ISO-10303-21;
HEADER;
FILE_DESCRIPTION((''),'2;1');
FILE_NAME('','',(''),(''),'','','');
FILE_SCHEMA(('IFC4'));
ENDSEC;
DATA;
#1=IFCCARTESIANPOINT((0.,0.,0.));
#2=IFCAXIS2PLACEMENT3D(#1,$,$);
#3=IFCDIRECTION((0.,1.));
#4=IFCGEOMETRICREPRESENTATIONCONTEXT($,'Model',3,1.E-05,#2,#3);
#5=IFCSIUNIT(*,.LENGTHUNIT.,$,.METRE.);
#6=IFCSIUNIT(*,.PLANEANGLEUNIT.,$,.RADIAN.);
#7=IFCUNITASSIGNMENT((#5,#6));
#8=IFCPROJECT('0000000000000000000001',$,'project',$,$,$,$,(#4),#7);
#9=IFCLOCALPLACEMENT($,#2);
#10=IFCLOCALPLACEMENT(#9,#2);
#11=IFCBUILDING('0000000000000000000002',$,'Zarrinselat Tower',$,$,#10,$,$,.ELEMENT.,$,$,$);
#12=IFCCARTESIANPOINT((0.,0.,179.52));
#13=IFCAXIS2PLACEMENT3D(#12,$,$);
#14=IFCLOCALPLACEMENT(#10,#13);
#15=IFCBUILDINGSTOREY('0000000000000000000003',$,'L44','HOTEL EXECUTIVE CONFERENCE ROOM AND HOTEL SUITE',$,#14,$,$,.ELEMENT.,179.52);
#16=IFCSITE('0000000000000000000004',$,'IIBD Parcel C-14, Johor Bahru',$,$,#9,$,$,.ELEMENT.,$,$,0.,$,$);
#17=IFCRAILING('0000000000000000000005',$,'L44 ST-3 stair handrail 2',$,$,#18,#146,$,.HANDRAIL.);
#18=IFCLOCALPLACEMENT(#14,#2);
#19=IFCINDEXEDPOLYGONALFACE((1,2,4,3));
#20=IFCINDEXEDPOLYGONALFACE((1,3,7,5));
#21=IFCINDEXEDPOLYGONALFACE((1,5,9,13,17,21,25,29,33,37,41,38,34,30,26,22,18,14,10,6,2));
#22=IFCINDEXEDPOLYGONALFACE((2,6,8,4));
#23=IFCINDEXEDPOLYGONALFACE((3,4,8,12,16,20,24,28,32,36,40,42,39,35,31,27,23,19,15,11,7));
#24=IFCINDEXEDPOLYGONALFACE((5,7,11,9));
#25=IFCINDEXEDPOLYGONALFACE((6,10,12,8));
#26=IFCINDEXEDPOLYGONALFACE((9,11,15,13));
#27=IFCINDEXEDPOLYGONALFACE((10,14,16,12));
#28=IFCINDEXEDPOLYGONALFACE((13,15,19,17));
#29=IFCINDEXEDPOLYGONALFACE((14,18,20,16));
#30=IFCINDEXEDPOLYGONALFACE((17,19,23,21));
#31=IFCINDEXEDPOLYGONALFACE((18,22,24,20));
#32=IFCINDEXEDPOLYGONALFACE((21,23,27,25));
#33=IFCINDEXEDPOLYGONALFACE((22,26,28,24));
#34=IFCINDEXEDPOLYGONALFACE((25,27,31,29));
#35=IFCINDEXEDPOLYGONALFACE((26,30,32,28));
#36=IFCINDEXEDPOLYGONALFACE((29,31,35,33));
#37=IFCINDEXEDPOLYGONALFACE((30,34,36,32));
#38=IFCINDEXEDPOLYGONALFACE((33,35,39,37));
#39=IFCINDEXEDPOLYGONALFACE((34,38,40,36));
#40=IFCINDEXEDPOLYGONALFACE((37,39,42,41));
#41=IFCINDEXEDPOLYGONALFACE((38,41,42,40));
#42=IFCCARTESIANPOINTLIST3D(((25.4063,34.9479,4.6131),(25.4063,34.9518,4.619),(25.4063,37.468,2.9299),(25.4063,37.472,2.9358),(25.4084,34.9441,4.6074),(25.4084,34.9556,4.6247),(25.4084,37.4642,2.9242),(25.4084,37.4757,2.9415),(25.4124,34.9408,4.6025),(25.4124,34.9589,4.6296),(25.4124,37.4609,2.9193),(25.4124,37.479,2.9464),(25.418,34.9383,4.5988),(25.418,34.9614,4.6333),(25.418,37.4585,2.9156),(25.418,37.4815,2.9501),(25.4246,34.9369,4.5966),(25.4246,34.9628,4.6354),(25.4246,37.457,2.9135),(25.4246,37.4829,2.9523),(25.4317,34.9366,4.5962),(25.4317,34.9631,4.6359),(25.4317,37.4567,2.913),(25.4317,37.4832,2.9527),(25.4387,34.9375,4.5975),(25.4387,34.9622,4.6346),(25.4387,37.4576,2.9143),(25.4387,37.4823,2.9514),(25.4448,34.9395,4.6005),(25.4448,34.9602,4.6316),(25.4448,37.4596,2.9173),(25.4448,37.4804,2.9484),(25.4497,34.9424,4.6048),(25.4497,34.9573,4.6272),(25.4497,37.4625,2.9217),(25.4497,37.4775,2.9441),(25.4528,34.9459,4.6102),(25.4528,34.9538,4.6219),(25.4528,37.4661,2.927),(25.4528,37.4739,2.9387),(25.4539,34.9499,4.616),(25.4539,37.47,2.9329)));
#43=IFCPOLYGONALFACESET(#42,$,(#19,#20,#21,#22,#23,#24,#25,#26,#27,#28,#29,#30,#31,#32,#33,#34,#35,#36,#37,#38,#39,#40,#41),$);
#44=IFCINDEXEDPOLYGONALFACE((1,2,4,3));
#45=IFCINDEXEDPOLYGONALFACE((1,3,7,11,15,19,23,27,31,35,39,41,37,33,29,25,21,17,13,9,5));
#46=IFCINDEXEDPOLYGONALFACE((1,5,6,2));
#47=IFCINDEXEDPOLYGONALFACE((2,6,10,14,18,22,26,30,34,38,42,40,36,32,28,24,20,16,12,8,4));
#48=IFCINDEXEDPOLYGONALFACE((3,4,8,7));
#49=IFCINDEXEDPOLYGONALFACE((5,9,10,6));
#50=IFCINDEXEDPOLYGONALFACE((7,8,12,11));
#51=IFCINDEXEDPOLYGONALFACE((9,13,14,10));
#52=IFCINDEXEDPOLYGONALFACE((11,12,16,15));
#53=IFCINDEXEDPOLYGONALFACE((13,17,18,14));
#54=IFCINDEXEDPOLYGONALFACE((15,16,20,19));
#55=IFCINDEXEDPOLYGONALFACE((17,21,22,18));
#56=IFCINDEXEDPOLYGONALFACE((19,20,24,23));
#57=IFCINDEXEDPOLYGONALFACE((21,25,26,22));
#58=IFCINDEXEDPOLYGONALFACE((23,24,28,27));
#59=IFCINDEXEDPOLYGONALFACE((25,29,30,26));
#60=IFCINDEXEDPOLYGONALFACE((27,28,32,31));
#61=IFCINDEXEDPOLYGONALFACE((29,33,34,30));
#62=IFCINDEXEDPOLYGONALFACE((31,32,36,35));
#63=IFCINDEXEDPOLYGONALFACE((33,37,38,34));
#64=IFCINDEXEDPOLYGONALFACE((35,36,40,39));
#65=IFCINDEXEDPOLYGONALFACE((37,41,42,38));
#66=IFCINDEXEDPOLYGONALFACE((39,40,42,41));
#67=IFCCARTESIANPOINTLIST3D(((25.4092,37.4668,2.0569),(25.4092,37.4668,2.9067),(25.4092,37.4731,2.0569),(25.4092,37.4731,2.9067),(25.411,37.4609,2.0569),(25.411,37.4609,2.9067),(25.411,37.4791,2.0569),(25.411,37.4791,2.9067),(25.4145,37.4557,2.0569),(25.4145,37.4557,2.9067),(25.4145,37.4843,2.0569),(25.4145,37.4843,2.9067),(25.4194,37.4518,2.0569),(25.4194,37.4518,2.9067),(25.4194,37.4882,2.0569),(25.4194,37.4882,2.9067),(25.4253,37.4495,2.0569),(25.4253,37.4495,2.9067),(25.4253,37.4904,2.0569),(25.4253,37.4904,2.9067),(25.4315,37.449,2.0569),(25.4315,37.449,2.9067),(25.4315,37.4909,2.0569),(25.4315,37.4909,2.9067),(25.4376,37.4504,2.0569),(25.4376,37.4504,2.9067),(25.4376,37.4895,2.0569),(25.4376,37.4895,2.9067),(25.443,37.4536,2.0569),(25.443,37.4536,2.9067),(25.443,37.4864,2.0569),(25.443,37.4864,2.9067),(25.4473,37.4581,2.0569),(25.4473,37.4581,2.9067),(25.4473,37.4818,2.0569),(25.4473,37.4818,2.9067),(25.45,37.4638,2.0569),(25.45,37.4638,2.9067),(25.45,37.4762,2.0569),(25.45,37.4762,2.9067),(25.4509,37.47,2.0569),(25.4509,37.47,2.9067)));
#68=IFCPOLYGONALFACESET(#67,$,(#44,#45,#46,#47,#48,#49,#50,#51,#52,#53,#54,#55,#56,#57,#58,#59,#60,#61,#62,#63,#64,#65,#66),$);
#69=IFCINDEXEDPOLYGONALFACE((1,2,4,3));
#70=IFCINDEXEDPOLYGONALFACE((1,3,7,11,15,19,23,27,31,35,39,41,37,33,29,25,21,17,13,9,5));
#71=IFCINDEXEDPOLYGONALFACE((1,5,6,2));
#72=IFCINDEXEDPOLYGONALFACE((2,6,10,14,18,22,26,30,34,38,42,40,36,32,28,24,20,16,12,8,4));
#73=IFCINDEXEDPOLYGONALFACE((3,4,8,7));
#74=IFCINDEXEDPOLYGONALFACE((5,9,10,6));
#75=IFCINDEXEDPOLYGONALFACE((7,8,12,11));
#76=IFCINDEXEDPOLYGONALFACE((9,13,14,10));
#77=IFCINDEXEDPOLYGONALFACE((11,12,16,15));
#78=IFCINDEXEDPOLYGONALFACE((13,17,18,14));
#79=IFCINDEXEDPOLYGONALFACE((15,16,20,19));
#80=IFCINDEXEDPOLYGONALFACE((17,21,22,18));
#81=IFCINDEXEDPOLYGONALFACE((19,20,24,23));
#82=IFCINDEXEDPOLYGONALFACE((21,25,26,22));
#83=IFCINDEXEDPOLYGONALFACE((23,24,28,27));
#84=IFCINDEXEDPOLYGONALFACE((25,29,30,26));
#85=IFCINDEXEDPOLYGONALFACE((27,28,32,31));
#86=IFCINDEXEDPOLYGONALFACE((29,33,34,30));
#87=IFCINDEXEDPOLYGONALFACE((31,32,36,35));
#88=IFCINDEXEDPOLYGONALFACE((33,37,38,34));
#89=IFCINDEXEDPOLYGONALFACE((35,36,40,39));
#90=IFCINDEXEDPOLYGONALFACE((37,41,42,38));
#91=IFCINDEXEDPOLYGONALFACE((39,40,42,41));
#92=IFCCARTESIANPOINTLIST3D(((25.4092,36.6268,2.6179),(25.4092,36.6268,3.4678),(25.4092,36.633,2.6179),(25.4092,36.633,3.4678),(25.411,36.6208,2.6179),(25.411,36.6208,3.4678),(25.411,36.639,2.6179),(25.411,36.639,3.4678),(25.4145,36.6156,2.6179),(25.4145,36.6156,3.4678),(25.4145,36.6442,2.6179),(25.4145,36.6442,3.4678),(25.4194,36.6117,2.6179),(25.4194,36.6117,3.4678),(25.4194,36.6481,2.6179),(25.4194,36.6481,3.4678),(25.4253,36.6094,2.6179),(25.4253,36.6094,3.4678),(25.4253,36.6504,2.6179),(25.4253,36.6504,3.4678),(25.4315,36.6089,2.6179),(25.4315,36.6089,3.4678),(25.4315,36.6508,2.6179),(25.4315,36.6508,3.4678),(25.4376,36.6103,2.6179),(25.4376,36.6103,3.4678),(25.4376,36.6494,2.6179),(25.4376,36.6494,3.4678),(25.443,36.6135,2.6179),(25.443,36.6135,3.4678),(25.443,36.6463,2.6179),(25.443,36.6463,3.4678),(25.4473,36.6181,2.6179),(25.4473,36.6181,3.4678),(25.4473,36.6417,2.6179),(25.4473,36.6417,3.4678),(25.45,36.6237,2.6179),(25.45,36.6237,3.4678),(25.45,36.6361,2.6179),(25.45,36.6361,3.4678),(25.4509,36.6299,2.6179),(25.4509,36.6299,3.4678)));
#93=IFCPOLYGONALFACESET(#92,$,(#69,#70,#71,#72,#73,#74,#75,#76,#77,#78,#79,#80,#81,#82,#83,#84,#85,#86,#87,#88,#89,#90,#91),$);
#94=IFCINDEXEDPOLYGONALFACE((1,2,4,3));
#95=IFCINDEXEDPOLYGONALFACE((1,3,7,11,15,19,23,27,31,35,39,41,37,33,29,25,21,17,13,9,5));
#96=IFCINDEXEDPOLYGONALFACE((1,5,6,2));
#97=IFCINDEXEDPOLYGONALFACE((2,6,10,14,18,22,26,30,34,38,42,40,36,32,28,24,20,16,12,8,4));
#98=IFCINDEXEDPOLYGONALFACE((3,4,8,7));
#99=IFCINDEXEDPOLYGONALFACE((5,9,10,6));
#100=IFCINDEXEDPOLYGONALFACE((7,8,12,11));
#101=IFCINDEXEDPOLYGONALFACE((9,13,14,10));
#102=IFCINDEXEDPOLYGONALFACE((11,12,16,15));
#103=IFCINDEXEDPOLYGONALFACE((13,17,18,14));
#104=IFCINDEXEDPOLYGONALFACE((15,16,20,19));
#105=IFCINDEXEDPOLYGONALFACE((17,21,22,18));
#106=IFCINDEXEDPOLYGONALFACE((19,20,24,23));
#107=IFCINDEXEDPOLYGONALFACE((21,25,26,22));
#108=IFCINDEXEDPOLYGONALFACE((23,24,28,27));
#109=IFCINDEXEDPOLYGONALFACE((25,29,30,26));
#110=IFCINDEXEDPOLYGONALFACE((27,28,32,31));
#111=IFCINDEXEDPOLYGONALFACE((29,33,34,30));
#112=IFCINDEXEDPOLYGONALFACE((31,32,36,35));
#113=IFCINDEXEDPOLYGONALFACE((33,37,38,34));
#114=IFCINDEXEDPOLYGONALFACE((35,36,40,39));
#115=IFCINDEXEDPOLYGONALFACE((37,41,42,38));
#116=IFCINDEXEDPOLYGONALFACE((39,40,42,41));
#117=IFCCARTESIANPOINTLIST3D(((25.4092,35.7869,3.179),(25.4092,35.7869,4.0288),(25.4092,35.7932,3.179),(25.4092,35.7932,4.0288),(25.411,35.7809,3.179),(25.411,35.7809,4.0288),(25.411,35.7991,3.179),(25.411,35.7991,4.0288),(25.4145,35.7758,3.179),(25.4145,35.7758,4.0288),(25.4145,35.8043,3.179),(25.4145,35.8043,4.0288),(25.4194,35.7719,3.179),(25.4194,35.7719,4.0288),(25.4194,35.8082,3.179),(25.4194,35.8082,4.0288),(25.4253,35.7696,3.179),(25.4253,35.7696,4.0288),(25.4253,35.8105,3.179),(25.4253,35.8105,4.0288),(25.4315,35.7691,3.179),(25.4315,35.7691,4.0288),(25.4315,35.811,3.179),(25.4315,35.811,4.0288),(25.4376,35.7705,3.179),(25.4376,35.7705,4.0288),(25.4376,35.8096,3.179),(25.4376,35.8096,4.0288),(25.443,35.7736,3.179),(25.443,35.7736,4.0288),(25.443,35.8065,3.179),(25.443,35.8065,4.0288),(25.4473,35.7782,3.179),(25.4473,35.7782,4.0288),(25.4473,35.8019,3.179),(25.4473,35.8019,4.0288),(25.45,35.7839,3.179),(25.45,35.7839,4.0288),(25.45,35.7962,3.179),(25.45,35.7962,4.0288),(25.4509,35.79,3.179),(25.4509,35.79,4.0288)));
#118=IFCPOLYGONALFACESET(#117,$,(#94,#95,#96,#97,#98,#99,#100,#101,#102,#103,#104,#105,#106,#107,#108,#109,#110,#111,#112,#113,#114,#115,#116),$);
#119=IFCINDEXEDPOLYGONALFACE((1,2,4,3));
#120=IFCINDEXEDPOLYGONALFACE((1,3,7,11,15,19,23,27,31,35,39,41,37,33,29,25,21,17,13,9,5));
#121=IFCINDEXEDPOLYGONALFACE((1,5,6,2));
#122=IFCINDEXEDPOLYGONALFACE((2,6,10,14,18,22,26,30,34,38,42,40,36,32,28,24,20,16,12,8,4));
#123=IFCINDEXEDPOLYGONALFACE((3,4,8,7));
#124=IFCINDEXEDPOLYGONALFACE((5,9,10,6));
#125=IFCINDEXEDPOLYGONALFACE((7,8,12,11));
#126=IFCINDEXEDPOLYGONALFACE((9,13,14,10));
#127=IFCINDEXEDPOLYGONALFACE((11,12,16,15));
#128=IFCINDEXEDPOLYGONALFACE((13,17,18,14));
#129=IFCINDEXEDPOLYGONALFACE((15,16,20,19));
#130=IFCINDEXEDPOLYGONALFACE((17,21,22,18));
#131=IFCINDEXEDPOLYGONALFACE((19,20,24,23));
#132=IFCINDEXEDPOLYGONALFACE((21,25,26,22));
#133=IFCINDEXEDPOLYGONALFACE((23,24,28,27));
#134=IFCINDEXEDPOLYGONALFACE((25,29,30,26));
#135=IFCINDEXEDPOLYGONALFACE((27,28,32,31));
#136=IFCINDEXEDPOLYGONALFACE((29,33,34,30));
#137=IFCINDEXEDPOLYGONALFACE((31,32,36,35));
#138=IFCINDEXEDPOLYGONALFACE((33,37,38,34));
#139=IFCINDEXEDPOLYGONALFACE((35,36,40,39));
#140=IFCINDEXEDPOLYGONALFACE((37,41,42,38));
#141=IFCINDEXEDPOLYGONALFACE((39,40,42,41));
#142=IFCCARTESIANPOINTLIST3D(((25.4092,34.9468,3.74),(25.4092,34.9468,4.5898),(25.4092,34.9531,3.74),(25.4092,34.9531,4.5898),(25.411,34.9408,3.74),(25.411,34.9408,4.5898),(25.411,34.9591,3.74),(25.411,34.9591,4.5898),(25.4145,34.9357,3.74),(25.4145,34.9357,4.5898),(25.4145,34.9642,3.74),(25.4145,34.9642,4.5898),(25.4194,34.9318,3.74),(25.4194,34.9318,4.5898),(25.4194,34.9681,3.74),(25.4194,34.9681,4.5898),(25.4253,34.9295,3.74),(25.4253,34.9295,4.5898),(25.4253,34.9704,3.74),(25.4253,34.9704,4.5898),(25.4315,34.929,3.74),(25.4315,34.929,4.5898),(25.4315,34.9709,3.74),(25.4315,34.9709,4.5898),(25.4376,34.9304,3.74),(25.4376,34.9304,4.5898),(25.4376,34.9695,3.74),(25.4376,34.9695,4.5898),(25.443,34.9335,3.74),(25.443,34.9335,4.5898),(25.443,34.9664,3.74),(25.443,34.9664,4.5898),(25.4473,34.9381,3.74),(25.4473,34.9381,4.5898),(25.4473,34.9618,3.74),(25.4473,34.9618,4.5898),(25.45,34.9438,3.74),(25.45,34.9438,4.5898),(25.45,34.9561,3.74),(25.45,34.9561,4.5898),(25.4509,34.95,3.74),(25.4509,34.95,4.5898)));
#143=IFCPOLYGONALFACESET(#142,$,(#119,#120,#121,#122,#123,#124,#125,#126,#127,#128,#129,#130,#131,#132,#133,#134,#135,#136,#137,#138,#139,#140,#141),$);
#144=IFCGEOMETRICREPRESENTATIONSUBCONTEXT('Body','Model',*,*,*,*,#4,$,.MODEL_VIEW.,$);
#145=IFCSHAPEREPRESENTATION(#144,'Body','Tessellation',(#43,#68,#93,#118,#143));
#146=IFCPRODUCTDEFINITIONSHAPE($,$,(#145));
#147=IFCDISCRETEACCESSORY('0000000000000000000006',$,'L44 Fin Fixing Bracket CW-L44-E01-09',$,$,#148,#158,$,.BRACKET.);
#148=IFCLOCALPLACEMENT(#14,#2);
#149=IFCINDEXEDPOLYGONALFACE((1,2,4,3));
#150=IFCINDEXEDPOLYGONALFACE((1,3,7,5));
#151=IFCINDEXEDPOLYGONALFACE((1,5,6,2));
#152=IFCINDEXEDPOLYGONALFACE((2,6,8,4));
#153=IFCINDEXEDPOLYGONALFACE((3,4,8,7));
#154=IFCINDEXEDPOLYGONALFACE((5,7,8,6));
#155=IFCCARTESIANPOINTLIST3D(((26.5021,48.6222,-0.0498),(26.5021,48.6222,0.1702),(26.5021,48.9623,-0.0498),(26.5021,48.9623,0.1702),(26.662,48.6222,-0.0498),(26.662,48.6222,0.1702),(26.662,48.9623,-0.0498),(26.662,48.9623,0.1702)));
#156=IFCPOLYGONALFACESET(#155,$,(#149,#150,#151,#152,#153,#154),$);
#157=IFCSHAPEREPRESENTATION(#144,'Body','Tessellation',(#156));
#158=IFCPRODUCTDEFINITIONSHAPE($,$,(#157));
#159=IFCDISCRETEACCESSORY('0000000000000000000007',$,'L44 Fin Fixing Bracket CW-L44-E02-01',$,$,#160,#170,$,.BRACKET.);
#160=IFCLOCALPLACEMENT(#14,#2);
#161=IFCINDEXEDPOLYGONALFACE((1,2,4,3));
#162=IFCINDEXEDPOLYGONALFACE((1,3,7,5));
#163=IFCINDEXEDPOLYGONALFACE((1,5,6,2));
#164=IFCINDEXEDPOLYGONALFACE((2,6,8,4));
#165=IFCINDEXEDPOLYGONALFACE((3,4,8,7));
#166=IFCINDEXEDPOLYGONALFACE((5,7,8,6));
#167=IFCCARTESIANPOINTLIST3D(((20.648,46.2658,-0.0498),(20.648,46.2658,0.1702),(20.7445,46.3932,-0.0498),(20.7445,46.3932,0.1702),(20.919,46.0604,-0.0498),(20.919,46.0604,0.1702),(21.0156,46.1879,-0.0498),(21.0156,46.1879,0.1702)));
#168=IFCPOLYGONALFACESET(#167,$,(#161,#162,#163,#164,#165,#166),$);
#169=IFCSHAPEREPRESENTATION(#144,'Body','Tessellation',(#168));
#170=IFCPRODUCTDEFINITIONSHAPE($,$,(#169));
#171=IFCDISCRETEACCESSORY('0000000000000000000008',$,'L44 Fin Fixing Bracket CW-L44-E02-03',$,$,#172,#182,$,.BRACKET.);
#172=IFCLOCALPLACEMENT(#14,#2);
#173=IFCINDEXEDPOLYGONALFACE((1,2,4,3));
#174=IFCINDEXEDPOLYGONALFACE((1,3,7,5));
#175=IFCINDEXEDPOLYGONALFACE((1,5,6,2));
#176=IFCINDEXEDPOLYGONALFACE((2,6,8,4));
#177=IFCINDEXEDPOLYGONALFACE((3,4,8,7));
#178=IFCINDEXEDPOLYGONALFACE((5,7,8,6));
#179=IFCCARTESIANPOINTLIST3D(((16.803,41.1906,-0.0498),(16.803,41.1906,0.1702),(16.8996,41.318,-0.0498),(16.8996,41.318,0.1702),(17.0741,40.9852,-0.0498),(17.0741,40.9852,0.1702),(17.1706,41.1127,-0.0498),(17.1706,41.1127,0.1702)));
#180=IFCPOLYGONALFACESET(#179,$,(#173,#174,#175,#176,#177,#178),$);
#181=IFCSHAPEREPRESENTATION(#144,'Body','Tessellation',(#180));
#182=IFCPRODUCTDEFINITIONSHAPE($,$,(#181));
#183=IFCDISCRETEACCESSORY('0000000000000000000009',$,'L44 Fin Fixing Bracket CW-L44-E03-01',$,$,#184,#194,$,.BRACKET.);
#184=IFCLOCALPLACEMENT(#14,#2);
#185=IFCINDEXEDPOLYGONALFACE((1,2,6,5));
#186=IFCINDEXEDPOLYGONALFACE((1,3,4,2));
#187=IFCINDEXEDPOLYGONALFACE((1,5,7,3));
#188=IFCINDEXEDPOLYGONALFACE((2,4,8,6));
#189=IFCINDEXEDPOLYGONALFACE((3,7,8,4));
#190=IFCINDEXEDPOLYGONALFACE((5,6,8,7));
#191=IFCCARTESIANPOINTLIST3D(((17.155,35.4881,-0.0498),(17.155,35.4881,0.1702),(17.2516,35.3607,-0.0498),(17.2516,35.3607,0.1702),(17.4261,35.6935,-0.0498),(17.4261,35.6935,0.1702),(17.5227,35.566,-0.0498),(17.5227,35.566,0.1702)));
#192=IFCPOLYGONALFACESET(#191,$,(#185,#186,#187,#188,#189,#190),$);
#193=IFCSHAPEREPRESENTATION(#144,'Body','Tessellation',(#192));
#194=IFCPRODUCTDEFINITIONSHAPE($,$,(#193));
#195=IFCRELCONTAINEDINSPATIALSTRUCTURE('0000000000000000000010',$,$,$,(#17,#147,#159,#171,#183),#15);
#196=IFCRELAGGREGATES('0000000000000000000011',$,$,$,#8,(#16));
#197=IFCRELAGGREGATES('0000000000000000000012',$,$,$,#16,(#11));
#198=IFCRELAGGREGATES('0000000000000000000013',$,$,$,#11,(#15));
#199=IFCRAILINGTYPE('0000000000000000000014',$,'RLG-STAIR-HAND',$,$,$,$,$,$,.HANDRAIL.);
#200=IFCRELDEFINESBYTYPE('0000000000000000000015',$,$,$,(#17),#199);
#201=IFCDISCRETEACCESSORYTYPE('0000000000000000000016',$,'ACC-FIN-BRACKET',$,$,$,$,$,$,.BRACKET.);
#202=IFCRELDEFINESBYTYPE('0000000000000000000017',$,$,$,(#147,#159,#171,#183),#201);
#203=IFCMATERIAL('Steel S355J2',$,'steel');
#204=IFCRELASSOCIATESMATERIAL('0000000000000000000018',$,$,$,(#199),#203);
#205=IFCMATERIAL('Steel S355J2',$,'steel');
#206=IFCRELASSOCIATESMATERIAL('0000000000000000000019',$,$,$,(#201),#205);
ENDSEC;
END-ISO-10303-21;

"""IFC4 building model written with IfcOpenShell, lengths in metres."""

from ifc_helpers import new_model, si_unit, direction, frame, origin, origin_2d, place, context, subcontext, project, spatial, rectangle, circle, extrude, material, type_object, element, save


model = new_model("IFC4")

# Units and contexts
model_context = context("Model", 3, precision=1e-05, world=origin(), true_north=direction((0.0, 1.0)))
body_context = subcontext(model_context, "Body", "Model", "MODEL_VIEW")
ifc_project = project(units=[si_unit("LENGTHUNIT", "METRE"), si_unit("PLANEANGLEUNIT", "RADIAN")], contexts=[model_context])

# Site, building, storey
site_placement = place(None, origin())
site = spatial("IfcSite", under=ifc_project, at=site_placement, Name="IIBD Parcel C-14, Johor Bahru", CompositionType="ELEMENT", RefElevation=0.0)
building_placement = place(site_placement, origin())
building = spatial("IfcBuilding", under=site, at=building_placement, Name="Zarrinselat Tower", CompositionType="ELEMENT")
storey_placement = place(building_placement, frame((0.0, 0.0, 179.52)))
storey = spatial("IfcBuildingStorey", under=building, at=storey_placement, Name="L44", Description="HOTEL EXECUTIVE CONFERENCE ROOM AND HOTEL SUITE", CompositionType="ELEMENT", Elevation=179.52)

# Railing
ifc_material_1 = material(Name="Steel S355J2", Category="steel")
railing_type_1 = type_object("IfcRailingType", Name="RLG-STAIR-HAND", PredefinedType="HANDRAIL", material=ifc_material_1)
railing_1_placement = place(storey_placement, frame((25.4299, 37.47, 2.0569)))
element("IfcRailing", 1, at=railing_1_placement, inside=storey, type_object=railing_type_1, Name="L44 ST-3 stair handrail 2", PredefinedType="HANDRAIL", context=body_context, shape_type="SweptSolid", body=[
    extrude(circle(Radius=0.0239, at=origin_2d()), frame((0.0, 0.0, 0.876), z_axis=(0.0, -0.831579, 0.555406), x_axis=(1.0, 0.0, 0.0)), (0.0, 0.0, 1.0), 3.0305),
    extrude(circle(Radius=0.021, at=origin_2d()), origin(), (0.0, 0.0, 1.0), 0.8499),
    extrude(circle(Radius=0.021, at=origin_2d()), frame((0.0, -0.8401, 0.561)), (0.0, 0.0, 1.0), 0.8499),
    extrude(circle(Radius=0.021, at=origin_2d()), frame((0.0, -1.6799, 1.1221)), (0.0, 0.0, 1.0), 0.8499),
    extrude(circle(Radius=0.021, at=origin_2d()), frame((0.0, -2.52, 1.6831)), (0.0, 0.0, 1.0), 0.8499),
])

# Discrete accessories
ifc_material_2 = material(Name="Steel S355J2", Category="steel")
discrete_accessory_type = type_object("IfcDiscreteAccessoryType", Name="ACC-FIN-BRACKET", PredefinedType="BRACKET", material=ifc_material_2)
for number, where, z_axis, x_axis, name in (
    (2, (26.582, 48.7922, -0.0498), (0.0, 0.0, 1.0), (0.0, 1.0, 0.0), "L44 Fin Fixing Bracket CW-L44-E01-09"),
    (3, (20.8318, 46.2268, -0.0498), (0.0, 0.0, 1.0), (-0.797091, 0.603859, 0.0), "L44 Fin Fixing Bracket CW-L44-E02-01"),
    (4, (16.9868, 41.1516, -0.0498), (0.0, 0.0, 1.0), (-0.797091, 0.603859, 0.0), "L44 Fin Fixing Bracket CW-L44-E02-03"),
    (5, (17.3389, 35.5271, -0.0498), (0.0, 0.0, 1.0), (-0.797092, -0.603857, 0.0), "L44 Fin Fixing Bracket CW-L44-E03-01"),
):
    element("IfcDiscreteAccessory", number, at=place(storey_placement, frame(where, z_axis=z_axis, x_axis=x_axis)), inside=storey, type_object=discrete_accessory_type, Name=name, PredefinedType="BRACKET", context=body_context, shape_type="SweptSolid", body=[
        extrude(rectangle(XDim=0.3401, YDim=0.1599, at=origin_2d()), origin(), (0.0, 0.0, 1.0), 0.22),
    ])

save(model, "model.ifc")
